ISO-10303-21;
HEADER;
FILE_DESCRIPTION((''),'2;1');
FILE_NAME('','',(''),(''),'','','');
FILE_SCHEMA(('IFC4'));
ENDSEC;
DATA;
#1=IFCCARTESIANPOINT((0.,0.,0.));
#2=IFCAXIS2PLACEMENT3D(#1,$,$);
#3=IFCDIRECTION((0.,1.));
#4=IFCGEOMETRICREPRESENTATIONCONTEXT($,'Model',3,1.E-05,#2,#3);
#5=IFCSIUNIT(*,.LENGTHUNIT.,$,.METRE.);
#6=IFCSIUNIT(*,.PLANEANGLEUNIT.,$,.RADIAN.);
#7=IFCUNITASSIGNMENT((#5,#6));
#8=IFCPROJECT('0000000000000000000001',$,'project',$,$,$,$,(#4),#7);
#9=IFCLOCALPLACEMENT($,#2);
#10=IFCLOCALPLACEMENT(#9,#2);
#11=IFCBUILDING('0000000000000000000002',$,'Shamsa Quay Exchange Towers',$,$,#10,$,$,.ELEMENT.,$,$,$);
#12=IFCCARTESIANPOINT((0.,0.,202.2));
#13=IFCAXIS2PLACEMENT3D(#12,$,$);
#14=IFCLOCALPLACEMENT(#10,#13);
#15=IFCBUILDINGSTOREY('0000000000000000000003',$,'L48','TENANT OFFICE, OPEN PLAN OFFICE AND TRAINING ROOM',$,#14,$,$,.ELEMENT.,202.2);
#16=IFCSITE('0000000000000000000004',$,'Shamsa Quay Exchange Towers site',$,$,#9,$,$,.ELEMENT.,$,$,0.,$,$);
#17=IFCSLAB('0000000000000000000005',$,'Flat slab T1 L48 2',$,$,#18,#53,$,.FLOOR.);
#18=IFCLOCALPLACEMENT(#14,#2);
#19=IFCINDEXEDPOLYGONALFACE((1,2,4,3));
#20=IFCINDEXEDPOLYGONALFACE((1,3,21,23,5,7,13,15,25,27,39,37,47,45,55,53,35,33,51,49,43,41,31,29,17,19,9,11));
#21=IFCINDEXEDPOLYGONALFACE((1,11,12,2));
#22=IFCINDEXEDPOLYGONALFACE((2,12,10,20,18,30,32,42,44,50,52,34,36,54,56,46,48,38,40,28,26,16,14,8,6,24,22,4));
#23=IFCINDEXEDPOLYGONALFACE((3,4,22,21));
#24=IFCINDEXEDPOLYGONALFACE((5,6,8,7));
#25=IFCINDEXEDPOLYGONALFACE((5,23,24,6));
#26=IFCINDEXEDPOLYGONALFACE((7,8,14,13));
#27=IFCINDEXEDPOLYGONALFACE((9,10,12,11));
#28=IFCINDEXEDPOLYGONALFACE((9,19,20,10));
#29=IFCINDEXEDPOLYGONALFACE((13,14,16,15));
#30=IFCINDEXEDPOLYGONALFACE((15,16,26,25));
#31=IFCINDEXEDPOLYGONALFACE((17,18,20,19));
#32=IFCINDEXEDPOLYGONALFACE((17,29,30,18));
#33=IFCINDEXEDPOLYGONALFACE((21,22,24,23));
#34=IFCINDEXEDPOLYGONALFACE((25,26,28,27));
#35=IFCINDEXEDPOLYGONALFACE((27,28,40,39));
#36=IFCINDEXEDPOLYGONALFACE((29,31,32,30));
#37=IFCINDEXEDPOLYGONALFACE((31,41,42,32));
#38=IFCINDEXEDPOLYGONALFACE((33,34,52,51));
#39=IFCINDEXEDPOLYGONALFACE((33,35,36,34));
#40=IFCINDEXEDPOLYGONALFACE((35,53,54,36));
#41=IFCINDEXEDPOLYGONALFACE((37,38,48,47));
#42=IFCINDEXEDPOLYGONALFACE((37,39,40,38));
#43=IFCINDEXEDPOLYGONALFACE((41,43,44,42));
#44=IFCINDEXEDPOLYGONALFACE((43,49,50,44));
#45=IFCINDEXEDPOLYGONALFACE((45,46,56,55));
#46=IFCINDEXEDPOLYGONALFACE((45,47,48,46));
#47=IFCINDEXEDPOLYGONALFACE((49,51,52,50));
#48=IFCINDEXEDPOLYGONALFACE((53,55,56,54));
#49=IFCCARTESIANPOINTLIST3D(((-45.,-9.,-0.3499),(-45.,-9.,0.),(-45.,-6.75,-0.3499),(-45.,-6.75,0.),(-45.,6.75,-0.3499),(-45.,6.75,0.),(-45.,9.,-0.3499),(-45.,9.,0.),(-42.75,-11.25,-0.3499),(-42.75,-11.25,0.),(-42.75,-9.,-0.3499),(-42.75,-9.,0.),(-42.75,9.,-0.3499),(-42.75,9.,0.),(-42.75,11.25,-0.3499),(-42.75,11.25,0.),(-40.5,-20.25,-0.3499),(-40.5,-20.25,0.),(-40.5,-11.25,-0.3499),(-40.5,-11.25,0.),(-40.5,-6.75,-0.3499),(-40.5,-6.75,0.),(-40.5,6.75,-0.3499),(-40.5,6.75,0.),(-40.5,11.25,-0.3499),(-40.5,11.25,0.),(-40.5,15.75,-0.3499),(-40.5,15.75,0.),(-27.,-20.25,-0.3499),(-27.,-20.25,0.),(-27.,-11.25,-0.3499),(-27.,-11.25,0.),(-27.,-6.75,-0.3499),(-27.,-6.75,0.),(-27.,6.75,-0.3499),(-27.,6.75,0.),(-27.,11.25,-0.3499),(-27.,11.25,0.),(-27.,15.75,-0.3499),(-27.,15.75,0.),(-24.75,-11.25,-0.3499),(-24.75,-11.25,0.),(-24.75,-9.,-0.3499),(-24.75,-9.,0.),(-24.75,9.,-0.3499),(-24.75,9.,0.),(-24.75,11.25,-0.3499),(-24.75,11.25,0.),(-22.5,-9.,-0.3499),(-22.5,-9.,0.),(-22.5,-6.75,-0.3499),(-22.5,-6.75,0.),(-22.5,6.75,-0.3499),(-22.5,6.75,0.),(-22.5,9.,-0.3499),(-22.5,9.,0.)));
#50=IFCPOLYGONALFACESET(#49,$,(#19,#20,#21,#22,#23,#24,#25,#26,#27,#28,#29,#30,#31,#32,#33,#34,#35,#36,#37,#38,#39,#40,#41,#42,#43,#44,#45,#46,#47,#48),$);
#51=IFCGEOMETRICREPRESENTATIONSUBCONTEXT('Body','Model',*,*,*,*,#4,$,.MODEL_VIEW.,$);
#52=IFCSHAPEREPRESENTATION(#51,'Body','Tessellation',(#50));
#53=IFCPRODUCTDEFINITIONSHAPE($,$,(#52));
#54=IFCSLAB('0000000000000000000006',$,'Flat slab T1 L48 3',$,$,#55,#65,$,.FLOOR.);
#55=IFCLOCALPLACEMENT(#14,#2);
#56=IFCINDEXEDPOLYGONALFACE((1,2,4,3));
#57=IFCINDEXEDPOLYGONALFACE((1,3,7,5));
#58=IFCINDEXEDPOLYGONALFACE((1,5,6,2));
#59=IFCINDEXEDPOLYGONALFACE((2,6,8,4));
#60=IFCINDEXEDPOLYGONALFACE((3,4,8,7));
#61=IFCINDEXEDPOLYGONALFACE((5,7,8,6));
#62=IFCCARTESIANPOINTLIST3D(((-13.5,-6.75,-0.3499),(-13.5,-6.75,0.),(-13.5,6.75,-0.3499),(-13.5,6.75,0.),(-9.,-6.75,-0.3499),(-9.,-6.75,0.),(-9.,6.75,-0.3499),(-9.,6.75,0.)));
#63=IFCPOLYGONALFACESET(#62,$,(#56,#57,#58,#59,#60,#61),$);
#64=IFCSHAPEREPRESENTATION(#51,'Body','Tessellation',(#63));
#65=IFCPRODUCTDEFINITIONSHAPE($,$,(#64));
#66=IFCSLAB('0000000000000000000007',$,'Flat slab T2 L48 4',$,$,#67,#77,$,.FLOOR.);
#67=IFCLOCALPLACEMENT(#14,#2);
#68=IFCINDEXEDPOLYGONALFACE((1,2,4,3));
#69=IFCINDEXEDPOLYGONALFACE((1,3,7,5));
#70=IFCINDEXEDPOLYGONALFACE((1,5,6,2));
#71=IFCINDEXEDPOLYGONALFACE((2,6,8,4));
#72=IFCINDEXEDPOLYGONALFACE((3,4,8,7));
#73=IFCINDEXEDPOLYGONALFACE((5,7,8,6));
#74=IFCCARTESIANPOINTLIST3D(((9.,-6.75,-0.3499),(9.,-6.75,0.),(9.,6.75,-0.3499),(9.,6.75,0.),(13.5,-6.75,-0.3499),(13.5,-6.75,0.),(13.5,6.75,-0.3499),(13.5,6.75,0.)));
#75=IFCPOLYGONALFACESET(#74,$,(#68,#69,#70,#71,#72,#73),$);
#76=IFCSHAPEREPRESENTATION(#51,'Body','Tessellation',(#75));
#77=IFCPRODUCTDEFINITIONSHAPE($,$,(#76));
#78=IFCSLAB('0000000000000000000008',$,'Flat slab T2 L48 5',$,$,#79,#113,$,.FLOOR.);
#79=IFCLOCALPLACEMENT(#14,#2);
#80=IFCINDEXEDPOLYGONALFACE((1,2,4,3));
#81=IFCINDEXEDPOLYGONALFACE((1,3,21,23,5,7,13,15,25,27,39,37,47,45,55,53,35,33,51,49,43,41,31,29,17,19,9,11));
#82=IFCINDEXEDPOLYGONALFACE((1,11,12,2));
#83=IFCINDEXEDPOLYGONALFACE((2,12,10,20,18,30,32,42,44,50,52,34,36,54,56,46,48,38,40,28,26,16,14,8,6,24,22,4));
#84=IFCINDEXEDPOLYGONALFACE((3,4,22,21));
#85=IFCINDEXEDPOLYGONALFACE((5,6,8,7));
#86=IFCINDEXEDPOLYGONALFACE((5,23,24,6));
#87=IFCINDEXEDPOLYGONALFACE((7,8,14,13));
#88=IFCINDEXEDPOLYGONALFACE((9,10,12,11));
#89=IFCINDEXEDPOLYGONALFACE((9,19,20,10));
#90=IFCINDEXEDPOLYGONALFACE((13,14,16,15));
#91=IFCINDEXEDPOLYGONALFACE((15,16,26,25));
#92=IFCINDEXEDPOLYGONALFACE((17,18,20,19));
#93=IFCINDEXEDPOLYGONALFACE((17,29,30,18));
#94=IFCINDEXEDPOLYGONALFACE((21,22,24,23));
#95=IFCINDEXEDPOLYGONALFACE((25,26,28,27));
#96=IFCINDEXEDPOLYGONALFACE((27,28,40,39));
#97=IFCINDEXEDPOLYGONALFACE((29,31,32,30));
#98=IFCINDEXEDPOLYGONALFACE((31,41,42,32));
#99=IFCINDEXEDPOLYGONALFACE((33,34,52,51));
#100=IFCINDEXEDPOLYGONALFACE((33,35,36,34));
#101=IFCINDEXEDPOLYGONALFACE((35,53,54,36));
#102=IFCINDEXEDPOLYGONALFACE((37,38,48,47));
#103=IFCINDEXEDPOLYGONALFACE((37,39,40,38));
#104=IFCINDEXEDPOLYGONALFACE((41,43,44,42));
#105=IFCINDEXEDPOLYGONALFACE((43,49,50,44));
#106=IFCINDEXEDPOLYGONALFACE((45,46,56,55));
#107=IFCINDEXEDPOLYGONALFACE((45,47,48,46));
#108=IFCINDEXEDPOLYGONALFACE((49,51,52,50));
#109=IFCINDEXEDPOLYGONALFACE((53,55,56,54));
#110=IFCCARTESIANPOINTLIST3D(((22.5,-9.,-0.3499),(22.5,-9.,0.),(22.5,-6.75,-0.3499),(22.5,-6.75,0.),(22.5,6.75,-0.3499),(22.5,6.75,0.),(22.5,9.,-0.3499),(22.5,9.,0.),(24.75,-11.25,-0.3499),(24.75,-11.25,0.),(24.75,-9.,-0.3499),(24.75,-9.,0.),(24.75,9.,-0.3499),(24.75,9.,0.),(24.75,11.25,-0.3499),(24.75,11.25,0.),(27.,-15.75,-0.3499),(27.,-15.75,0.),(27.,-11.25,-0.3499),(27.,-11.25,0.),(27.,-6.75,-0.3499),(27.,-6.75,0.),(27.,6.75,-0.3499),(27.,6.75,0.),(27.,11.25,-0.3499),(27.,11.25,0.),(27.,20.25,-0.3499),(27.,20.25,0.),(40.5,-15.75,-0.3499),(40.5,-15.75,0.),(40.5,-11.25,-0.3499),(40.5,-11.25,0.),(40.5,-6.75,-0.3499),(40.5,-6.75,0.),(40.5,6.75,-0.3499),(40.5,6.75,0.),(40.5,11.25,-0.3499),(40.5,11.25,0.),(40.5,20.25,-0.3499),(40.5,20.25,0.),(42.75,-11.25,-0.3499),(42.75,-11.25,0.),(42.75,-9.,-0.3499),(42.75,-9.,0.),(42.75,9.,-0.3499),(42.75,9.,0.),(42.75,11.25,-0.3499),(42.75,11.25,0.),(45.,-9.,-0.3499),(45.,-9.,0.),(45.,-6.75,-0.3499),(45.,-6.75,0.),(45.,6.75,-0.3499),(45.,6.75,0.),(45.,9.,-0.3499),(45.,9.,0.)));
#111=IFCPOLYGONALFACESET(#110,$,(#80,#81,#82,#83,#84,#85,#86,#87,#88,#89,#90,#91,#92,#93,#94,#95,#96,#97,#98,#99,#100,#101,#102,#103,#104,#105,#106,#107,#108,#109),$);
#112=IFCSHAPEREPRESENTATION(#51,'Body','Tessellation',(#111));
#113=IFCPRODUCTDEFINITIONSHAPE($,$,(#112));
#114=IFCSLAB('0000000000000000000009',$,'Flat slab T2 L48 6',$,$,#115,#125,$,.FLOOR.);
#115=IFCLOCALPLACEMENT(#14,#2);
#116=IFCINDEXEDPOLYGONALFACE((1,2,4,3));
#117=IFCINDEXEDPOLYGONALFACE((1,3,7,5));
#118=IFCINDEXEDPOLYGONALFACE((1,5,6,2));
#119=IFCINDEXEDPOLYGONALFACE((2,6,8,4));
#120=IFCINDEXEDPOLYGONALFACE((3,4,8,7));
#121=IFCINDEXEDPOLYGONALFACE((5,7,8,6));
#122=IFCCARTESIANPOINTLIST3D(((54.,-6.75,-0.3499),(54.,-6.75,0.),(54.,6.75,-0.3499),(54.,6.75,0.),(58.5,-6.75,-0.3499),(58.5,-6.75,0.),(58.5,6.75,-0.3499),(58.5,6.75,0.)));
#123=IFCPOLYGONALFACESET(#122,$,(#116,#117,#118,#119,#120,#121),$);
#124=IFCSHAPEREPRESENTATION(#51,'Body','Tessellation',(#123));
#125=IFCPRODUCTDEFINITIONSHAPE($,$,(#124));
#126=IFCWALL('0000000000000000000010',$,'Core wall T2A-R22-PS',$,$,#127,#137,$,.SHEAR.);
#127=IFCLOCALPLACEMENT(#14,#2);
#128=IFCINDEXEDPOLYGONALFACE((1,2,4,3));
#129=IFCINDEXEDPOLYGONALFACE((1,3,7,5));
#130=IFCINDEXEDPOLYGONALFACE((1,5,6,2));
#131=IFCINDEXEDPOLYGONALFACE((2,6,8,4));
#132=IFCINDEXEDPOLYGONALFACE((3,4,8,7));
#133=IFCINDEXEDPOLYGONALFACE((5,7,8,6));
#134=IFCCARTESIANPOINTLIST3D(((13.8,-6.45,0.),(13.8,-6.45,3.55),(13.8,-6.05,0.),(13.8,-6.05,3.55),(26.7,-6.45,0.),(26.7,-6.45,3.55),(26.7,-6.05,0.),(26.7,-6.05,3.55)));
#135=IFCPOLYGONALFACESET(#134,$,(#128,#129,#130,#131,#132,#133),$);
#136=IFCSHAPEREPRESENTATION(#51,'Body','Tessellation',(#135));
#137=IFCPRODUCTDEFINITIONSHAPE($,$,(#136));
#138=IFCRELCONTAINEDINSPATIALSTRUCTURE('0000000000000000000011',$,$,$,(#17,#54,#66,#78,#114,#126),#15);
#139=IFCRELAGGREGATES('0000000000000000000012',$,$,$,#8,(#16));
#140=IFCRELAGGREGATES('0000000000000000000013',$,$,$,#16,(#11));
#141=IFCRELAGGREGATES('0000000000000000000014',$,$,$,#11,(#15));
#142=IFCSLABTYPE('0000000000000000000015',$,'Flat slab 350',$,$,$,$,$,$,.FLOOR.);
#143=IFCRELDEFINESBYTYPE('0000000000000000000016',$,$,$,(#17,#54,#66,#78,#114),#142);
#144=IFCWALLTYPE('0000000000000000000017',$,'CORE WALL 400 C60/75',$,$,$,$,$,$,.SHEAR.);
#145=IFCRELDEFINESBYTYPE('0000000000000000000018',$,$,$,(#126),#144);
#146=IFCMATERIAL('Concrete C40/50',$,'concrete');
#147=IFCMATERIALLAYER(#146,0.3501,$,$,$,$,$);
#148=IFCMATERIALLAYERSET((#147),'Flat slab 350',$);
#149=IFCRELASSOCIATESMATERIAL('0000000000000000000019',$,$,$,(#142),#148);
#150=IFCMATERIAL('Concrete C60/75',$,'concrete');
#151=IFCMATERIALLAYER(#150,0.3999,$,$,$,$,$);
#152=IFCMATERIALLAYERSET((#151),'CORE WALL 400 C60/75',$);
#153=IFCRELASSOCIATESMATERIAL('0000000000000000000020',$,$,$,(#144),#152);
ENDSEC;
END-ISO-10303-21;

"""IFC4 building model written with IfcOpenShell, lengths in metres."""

from ifc_helpers import new_model, si_unit, direction, frame, frame_2d, origin, place, context, subcontext, project, spatial, polyline, rectangle, outline, extrude, material, layer, layer_set, type_object, element, save


model = new_model("IFC4")

# Units and contexts
model_context = context("Model", 3, precision=1e-05, world=origin(), true_north=direction((0.0, 1.0)))
body_context = subcontext(model_context, "Body", "Model", "MODEL_VIEW")
ifc_project = project(units=[si_unit("LENGTHUNIT", "METRE"), si_unit("PLANEANGLEUNIT", "RADIAN")], contexts=[model_context])

# Site, building, storey
site_placement = place(None, origin())
site = spatial("IfcSite", under=ifc_project, at=site_placement, Name="Shamsa Quay Exchange Towers site", CompositionType="ELEMENT", RefElevation=0.0)
building_placement = place(site_placement, origin())
building = spatial("IfcBuilding", under=site, at=building_placement, Name="Shamsa Quay Exchange Towers", CompositionType="ELEMENT")
storey_placement = place(building_placement, frame((0.0, 0.0, 202.2)))
storey = spatial("IfcBuildingStorey", under=building, at=storey_placement, Name="L48", Description="TENANT OFFICE, OPEN PLAN OFFICE AND TRAINING ROOM", CompositionType="ELEMENT", Elevation=202.2)

# Slabs
ifc_material_1 = material(Name="Concrete C40/50", Category="concrete")
ifc_layer_1 = layer(ifc_material_1, 0.3501)
ifc_layer_set_1 = layer_set([ifc_layer_1], Name="Flat slab 350")
slab_type_1 = type_object("IfcSlabType", Name="Flat slab 350", PredefinedType="FLOOR", material=ifc_layer_set_1)
slab_1_placement = place(storey_placement, frame((0.0, 0.0, -0.3499)))
element("IfcSlab", 1, at=slab_1_placement, inside=storey, type_object=slab_type_1, Name="Flat slab T1 L48 2", PredefinedType="FLOOR", context=body_context, shape_type="SweptSolid", body=[
    extrude(outline(polyline([(-22.5, -9.0), (-22.5, -6.75), (-27.0, -6.75), (-27.0, 6.75), (-22.5, 6.75), (-22.5, 9.0), (-24.75, 9.0), (-24.75, 11.25), (-27.0, 11.25), (-27.0, 15.75), (-40.5, 15.75), (-40.5, 11.25), (-42.75, 11.25), (-42.75, 9.0), (-45.0, 9.0), (-45.0, 6.75), (-40.5, 6.75), (-40.5, -6.75), (-45.0, -6.75), (-45.0, -9.0), (-42.75, -9.0), (-42.75, -11.25), (-40.5, -11.25), (-40.5, -20.25), (-27.0, -20.25), (-27.0, -11.25), (-24.75, -11.25), (-24.75, -9.0), (-22.5, -9.0)])), origin(), (0.0, 0.0, 1.0), 0.3499),
])
slab_2_placement = place(storey_placement, frame((0.0, 0.0, -0.3499)))
element("IfcSlab", 2, at=slab_2_placement, inside=storey, type_object=slab_type_1, Name="Flat slab T1 L48 3", PredefinedType="FLOOR", context=body_context, shape_type="SweptSolid", body=[
    extrude(outline(polyline([(-9.0, 6.75), (-13.5, 6.75), (-13.5, -6.75), (-9.0, -6.75), (-9.0, 6.75)])), origin(), (0.0, 0.0, 1.0), 0.3499),
])
slab_3_placement = place(storey_placement, frame((0.0, 0.0, -0.3499)))
element("IfcSlab", 3, at=slab_3_placement, inside=storey, type_object=slab_type_1, Name="Flat slab T2 L48 4", PredefinedType="FLOOR", context=body_context, shape_type="SweptSolid", body=[
    extrude(outline(polyline([(9.0, -6.75), (13.5, -6.75), (13.5, 6.75), (9.0, 6.75), (9.0, -6.75)])), origin(), (0.0, 0.0, 1.0), 0.3499),
])
slab_4_placement = place(storey_placement, frame((0.0, 0.0, -0.3499)))
element("IfcSlab", 4, at=slab_4_placement, inside=storey, type_object=slab_type_1, Name="Flat slab T2 L48 5", PredefinedType="FLOOR", context=body_context, shape_type="SweptSolid", body=[
    extrude(outline(polyline([(45.0, -9.0), (45.0, -6.75), (40.5, -6.75), (40.5, 6.75), (45.0, 6.75), (45.0, 9.0), (42.75, 9.0), (42.75, 11.25), (40.5, 11.25), (40.5, 20.25), (27.0, 20.25), (27.0, 11.25), (24.75, 11.25), (24.75, 9.0), (22.5, 9.0), (22.5, 6.75), (27.0, 6.75), (27.0, -6.75), (22.5, -6.75), (22.5, -9.0), (24.75, -9.0), (24.75, -11.25), (27.0, -11.25), (27.0, -15.75), (40.5, -15.75), (40.5, -11.25), (42.75, -11.25), (42.75, -9.0), (45.0, -9.0)])), origin(), (0.0, 0.0, 1.0), 0.3499),
])
slab_5_placement = place(storey_placement, frame((0.0, 0.0, -0.3499)))
element("IfcSlab", 5, at=slab_5_placement, inside=storey, type_object=slab_type_1, Name="Flat slab T2 L48 6", PredefinedType="FLOOR", context=body_context, shape_type="SweptSolid", body=[
    extrude(outline(polyline([(58.5, 6.75), (54.0, 6.75), (54.0, -6.75), (58.5, -6.75), (58.5, 6.75)])), origin(), (0.0, 0.0, 1.0), 0.3499),
])

# Wall
ifc_material_2 = material(Name="Concrete C60/75", Category="concrete")
ifc_layer_2 = layer(ifc_material_2, 0.3999)
ifc_layer_set_2 = layer_set([ifc_layer_2], Name="CORE WALL 400 C60/75")
wall_type = type_object("IfcWallType", Name="CORE WALL 400 C60/75", PredefinedType="SHEAR", material=ifc_layer_set_2)
wall_placement = place(storey_placement, frame((13.8, -6.25, 0.0)))
element("IfcWall", 6, at=wall_placement, inside=storey, type_object=wall_type, Name="Core wall T2A-R22-PS", PredefinedType="SHEAR", context=body_context, shape_type="SweptSolid", body=[
    extrude(rectangle(XDim=12.8999, YDim=0.3999, at=frame_2d((6.45, 0.0))), origin(), (0.0, 0.0, 1.0), 3.55),
])

save(model, "model.ifc")
